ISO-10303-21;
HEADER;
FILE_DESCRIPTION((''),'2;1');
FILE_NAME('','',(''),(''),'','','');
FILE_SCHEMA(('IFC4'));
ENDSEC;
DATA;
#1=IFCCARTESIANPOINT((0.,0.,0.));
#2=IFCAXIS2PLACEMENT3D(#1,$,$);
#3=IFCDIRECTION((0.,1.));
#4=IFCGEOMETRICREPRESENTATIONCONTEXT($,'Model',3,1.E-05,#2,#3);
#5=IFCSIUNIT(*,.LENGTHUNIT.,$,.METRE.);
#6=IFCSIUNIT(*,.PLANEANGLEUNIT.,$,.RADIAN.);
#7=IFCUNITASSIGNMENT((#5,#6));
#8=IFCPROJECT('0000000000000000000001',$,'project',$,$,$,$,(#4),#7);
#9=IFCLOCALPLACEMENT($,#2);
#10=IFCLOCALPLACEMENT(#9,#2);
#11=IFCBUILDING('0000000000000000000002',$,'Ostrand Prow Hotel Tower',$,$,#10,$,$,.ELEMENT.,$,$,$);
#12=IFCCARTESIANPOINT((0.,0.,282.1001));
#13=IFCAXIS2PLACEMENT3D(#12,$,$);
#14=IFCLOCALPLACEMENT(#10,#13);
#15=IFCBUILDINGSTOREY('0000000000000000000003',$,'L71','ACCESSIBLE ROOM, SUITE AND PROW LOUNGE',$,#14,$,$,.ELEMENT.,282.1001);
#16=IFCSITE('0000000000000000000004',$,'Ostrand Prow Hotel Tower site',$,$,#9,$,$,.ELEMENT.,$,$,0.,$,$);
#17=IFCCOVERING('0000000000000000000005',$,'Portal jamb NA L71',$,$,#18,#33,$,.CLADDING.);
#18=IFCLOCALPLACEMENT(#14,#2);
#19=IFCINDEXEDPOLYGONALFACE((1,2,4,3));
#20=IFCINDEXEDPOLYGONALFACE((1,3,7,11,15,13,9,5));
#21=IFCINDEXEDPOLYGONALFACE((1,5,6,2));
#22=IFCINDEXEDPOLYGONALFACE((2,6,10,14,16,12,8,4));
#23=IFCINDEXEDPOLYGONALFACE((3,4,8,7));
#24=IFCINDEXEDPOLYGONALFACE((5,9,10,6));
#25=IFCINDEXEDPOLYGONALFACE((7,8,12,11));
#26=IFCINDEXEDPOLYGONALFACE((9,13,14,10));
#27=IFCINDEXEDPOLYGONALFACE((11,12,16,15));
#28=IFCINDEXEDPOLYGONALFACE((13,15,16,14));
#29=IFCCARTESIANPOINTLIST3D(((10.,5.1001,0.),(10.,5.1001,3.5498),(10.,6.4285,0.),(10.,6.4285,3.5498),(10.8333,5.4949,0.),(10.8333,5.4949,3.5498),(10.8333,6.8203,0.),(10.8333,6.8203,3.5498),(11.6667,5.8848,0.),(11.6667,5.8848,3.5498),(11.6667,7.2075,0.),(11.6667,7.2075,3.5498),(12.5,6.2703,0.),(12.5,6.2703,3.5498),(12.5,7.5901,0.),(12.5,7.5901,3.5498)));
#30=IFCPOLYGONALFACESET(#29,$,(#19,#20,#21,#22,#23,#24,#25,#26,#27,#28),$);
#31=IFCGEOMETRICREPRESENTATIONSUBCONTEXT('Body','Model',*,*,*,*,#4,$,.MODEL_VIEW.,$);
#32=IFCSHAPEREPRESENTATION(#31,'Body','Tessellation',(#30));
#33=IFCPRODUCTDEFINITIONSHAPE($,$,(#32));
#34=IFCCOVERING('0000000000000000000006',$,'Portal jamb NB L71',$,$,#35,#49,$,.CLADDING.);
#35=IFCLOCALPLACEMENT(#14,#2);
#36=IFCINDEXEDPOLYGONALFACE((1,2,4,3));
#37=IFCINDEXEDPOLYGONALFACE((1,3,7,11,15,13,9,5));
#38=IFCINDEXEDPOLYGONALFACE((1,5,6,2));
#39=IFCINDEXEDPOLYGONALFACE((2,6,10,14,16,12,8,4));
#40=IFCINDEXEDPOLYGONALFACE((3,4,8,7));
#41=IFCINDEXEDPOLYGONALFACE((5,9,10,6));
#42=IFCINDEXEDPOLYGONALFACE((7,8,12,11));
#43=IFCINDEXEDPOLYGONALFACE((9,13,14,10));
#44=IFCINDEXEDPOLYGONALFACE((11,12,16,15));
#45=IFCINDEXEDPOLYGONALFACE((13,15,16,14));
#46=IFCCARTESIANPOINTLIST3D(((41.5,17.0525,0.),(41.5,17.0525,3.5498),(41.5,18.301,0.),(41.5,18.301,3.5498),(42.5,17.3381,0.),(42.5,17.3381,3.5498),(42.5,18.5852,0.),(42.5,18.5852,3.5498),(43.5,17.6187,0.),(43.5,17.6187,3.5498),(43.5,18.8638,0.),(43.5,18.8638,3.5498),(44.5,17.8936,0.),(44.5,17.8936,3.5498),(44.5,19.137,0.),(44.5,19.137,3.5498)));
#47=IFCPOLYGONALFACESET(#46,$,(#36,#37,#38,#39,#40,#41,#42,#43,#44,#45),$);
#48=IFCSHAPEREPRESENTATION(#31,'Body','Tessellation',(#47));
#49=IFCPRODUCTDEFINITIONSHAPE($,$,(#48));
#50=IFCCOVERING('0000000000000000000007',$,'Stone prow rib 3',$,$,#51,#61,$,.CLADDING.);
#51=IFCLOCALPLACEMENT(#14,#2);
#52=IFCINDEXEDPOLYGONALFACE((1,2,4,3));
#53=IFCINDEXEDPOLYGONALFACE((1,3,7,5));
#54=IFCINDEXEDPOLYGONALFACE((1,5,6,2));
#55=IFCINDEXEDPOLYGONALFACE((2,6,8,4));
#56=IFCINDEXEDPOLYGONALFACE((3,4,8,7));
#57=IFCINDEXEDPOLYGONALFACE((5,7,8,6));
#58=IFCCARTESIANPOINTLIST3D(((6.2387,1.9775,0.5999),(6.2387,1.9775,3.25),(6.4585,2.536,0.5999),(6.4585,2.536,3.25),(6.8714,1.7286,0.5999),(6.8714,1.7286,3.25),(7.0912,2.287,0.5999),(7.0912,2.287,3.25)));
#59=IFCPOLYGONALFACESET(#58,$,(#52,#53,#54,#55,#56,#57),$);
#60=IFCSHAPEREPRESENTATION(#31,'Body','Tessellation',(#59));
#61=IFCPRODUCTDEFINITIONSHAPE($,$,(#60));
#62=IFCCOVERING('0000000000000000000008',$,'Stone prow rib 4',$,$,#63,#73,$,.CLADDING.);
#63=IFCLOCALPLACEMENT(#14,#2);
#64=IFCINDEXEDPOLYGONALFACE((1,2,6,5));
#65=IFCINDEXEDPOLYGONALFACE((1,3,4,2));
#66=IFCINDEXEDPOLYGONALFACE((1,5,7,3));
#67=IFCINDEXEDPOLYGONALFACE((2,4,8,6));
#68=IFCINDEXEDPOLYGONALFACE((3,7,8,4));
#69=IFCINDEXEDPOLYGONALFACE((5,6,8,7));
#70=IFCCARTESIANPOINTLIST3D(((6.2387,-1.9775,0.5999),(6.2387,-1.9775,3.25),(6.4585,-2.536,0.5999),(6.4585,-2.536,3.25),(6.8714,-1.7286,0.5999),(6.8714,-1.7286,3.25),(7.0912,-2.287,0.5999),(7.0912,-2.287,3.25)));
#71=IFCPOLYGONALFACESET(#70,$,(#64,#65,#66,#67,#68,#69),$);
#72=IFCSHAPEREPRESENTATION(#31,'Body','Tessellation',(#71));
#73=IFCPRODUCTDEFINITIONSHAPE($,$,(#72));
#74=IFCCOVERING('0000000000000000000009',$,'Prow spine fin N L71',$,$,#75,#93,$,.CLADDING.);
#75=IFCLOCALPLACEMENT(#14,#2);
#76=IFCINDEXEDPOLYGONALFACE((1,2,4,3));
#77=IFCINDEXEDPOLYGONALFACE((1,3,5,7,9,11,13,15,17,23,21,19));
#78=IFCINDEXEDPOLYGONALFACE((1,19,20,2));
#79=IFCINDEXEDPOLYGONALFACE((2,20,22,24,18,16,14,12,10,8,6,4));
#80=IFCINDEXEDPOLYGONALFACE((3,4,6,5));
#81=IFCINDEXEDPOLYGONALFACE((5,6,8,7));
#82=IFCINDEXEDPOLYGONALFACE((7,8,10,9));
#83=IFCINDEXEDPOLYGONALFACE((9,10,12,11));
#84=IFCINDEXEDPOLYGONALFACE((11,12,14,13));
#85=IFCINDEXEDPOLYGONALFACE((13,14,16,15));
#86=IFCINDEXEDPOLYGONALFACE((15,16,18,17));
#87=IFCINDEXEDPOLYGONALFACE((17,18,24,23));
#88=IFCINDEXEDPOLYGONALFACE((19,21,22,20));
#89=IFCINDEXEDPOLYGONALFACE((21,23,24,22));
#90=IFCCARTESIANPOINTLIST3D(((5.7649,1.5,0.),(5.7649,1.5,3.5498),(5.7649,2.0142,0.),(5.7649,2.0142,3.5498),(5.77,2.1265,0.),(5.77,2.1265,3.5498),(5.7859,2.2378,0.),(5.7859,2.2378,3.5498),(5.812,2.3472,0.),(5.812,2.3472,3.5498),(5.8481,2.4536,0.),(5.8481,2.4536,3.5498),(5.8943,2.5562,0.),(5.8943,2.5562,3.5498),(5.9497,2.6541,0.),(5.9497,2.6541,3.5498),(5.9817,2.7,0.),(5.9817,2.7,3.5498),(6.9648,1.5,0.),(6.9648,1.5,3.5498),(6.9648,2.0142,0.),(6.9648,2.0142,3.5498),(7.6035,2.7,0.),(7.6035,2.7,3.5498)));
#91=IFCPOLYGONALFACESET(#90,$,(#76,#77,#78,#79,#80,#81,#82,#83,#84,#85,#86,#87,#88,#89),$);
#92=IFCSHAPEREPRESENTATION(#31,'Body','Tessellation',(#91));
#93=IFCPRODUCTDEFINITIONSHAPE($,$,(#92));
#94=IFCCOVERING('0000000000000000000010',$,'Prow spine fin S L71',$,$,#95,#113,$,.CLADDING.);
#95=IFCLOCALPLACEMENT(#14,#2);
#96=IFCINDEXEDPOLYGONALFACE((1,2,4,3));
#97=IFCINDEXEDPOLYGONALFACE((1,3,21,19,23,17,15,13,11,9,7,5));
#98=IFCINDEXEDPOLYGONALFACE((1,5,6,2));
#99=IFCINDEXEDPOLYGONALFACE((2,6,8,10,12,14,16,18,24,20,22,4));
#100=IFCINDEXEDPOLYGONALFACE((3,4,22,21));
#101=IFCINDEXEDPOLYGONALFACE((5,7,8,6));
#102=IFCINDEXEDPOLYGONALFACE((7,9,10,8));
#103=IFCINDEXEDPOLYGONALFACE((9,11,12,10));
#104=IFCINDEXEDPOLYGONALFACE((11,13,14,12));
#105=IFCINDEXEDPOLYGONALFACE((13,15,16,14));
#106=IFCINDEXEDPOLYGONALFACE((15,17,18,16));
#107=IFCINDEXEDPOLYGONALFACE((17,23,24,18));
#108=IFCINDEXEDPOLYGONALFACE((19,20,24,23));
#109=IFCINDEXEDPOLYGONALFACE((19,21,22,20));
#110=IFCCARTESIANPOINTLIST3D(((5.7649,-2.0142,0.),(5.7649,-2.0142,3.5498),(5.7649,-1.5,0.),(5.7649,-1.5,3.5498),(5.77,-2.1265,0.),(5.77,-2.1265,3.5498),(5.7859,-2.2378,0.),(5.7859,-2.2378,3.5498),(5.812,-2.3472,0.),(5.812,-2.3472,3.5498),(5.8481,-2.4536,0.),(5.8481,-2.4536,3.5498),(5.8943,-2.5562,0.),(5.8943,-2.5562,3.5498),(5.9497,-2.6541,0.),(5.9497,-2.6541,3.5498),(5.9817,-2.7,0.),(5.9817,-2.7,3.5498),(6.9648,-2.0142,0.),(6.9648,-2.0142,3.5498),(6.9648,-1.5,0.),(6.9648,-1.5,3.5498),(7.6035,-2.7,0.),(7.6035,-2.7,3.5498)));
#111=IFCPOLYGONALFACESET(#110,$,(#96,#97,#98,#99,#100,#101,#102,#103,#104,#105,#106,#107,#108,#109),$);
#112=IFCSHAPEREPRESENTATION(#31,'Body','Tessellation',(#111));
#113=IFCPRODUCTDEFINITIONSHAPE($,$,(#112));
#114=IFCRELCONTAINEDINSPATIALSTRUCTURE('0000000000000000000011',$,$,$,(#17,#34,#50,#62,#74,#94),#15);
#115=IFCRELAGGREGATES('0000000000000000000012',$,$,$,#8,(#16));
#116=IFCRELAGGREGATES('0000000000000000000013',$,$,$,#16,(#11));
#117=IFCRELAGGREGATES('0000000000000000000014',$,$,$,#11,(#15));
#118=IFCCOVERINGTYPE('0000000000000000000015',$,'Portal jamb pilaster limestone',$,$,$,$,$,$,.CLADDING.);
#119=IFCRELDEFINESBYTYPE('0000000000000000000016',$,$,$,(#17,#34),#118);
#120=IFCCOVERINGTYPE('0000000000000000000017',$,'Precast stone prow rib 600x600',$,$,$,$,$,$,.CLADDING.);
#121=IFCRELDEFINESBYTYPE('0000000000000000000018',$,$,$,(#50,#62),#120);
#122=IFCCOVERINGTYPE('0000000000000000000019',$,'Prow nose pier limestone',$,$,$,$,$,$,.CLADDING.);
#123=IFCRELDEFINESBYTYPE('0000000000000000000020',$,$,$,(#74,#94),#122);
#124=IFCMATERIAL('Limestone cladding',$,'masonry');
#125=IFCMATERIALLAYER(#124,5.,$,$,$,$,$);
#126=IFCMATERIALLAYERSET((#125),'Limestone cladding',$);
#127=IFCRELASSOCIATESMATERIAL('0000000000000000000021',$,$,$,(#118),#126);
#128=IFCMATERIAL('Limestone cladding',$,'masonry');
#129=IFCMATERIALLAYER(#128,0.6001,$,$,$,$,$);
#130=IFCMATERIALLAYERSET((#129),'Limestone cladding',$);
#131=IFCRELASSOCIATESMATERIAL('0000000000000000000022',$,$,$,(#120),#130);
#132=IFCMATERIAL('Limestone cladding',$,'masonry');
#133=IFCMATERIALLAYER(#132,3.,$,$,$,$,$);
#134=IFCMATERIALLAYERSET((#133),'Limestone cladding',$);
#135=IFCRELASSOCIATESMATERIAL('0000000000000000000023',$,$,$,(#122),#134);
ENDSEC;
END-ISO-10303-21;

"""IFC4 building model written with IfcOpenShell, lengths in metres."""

from ifc_helpers import new_model, si_unit, direction, frame, frame_2d, origin, place, context, subcontext, project, spatial, polyline, rectangle, outline, extrude, material, layer, layer_set, type_object, element, save


model = new_model("IFC4")

# Units and contexts
model_context = context("Model", 3, precision=1e-05, world=origin(), true_north=direction((0.0, 1.0)))
body_context = subcontext(model_context, "Body", "Model", "MODEL_VIEW")
ifc_project = project(units=[si_unit("LENGTHUNIT", "METRE"), si_unit("PLANEANGLEUNIT", "RADIAN")], contexts=[model_context])

# Site, building, storey
site_placement = place(None, origin())
site = spatial("IfcSite", under=ifc_project, at=site_placement, Name="Ostrand Prow Hotel Tower site", CompositionType="ELEMENT", RefElevation=0.0)
building_placement = place(site_placement, origin())
building = spatial("IfcBuilding", under=site, at=building_placement, Name="Ostrand Prow Hotel Tower", CompositionType="ELEMENT")
storey_placement = place(building_placement, frame((0.0, 0.0, 282.1001)))
storey = spatial("IfcBuildingStorey", under=building, at=storey_placement, Name="L71", Description="ACCESSIBLE ROOM, SUITE AND PROW LOUNGE", CompositionType="ELEMENT", Elevation=282.1001)

# Coverings
ifc_material_1 = material(Name="Limestone cladding", Category="masonry")
ifc_layer_1 = layer(ifc_material_1, 5.0)
ifc_layer_set_1 = layer_set([ifc_layer_1], Name="Limestone cladding")
covering_type_1 = type_object("IfcCoveringType", Name="Portal jamb pilaster limestone", PredefinedType="CLADDING", material=ifc_layer_set_1)
covering_1_placement = place(storey_placement, origin())
element("IfcCovering", 1, at=covering_1_placement, inside=storey, type_object=covering_type_1, Name="Portal jamb NA L71", PredefinedType="CLADDING", context=body_context, shape_type="SweptSolid", body=[
    extrude(outline(polyline([(10.0, 5.1001), (10.8333, 5.4949), (11.6667, 5.8848), (12.5, 6.2703), (12.5, 7.5901), (11.6667, 7.2075), (10.8333, 6.8203), (10.0, 6.4285), (10.0, 5.1001)])), origin(), (0.0, 0.0, 1.0), 3.5498),
])
covering_2_placement = place(storey_placement, origin())
element("IfcCovering", 2, at=covering_2_placement, inside=storey, type_object=covering_type_1, Name="Portal jamb NB L71", PredefinedType="CLADDING", context=body_context, shape_type="SweptSolid", body=[
    extrude(outline(polyline([(41.5, 17.0525), (42.5, 17.3381), (43.5, 17.6187), (44.5, 17.8936), (44.5, 19.137), (43.5, 18.8638), (42.5, 18.5852), (41.5, 18.301), (41.5, 17.0525)])), origin(), (0.0, 0.0, 1.0), 3.5498),
])
ifc_material_2 = material(Name="Limestone cladding", Category="masonry")
ifc_layer_2 = layer(ifc_material_2, 0.6001)
ifc_layer_set_2 = layer_set([ifc_layer_2], Name="Limestone cladding")
covering_type_2 = type_object("IfcCoveringType", Name="Precast stone prow rib 600x600", PredefinedType="CLADDING", material=ifc_layer_set_2)
for number, where, z_axis, x_axis, name in (
    (3, (6.9812, 2.0078, 0.5999), (0.0, 0.0, 1.0), (-0.930542, 0.366185, 0.0), "Stone prow rib 3"),
    (4, (6.9812, -2.0078, 0.5999), (0.0, 0.0, 1.0), (-0.930542, -0.366185, 0.0), "Stone prow rib 4"),
):
    element("IfcCovering", number, at=place(storey_placement, frame(where, z_axis=z_axis, x_axis=x_axis)), inside=storey, type_object=covering_type_2, Name=name, PredefinedType="CLADDING", context=body_context, shape_type="SweptSolid", body=[
        extrude(rectangle(XDim=0.6799, YDim=0.6001, at=frame_2d((0.3398, 0.0))), origin(), (0.0, 0.0, 1.0), 2.6501),
    ])
ifc_material_3 = material(Name="Limestone cladding", Category="masonry")
ifc_layer_3 = layer(ifc_material_3, 3.0)
ifc_layer_set_3 = layer_set([ifc_layer_3], Name="Limestone cladding")
covering_type_3 = type_object("IfcCoveringType", Name="Prow nose pier limestone", PredefinedType="CLADDING", material=ifc_layer_set_3)
covering_3_placement = place(storey_placement, origin())
element("IfcCovering", 5, at=covering_3_placement, inside=storey, type_object=covering_type_3, Name="Prow spine fin N L71", PredefinedType="CLADDING", context=body_context, shape_type="SweptSolid", body=[
    extrude(outline(polyline([(5.7649, 2.0142), (5.7649, 1.5), (6.9648, 1.5), (6.9648, 2.0142), (7.6035, 2.7), (5.9817, 2.7), (5.9497, 2.6541), (5.8943, 2.5562), (5.8481, 2.4536), (5.812, 2.3472), (5.7859, 2.2378), (5.77, 2.1265), (5.7649, 2.0142)])), origin(), (0.0, 0.0, 1.0), 3.5498),
])
covering_4_placement = place(storey_placement, origin())
element("IfcCovering", 6, at=covering_4_placement, inside=storey, type_object=covering_type_3, Name="Prow spine fin S L71", PredefinedType="CLADDING", context=body_context, shape_type="SweptSolid", body=[
    extrude(outline(polyline([(5.9497, -2.6541), (5.9817, -2.7), (7.6035, -2.7), (6.9648, -2.0142), (6.9648, -1.5), (5.7649, -1.5), (5.7649, -2.0142), (5.77, -2.1265), (5.7859, -2.2378), (5.812, -2.3472), (5.8481, -2.4536), (5.8943, -2.5562), (5.9497, -2.6541)])), origin(), (0.0, 0.0, 1.0), 3.5498),
])

save(model, "model.ifc")
